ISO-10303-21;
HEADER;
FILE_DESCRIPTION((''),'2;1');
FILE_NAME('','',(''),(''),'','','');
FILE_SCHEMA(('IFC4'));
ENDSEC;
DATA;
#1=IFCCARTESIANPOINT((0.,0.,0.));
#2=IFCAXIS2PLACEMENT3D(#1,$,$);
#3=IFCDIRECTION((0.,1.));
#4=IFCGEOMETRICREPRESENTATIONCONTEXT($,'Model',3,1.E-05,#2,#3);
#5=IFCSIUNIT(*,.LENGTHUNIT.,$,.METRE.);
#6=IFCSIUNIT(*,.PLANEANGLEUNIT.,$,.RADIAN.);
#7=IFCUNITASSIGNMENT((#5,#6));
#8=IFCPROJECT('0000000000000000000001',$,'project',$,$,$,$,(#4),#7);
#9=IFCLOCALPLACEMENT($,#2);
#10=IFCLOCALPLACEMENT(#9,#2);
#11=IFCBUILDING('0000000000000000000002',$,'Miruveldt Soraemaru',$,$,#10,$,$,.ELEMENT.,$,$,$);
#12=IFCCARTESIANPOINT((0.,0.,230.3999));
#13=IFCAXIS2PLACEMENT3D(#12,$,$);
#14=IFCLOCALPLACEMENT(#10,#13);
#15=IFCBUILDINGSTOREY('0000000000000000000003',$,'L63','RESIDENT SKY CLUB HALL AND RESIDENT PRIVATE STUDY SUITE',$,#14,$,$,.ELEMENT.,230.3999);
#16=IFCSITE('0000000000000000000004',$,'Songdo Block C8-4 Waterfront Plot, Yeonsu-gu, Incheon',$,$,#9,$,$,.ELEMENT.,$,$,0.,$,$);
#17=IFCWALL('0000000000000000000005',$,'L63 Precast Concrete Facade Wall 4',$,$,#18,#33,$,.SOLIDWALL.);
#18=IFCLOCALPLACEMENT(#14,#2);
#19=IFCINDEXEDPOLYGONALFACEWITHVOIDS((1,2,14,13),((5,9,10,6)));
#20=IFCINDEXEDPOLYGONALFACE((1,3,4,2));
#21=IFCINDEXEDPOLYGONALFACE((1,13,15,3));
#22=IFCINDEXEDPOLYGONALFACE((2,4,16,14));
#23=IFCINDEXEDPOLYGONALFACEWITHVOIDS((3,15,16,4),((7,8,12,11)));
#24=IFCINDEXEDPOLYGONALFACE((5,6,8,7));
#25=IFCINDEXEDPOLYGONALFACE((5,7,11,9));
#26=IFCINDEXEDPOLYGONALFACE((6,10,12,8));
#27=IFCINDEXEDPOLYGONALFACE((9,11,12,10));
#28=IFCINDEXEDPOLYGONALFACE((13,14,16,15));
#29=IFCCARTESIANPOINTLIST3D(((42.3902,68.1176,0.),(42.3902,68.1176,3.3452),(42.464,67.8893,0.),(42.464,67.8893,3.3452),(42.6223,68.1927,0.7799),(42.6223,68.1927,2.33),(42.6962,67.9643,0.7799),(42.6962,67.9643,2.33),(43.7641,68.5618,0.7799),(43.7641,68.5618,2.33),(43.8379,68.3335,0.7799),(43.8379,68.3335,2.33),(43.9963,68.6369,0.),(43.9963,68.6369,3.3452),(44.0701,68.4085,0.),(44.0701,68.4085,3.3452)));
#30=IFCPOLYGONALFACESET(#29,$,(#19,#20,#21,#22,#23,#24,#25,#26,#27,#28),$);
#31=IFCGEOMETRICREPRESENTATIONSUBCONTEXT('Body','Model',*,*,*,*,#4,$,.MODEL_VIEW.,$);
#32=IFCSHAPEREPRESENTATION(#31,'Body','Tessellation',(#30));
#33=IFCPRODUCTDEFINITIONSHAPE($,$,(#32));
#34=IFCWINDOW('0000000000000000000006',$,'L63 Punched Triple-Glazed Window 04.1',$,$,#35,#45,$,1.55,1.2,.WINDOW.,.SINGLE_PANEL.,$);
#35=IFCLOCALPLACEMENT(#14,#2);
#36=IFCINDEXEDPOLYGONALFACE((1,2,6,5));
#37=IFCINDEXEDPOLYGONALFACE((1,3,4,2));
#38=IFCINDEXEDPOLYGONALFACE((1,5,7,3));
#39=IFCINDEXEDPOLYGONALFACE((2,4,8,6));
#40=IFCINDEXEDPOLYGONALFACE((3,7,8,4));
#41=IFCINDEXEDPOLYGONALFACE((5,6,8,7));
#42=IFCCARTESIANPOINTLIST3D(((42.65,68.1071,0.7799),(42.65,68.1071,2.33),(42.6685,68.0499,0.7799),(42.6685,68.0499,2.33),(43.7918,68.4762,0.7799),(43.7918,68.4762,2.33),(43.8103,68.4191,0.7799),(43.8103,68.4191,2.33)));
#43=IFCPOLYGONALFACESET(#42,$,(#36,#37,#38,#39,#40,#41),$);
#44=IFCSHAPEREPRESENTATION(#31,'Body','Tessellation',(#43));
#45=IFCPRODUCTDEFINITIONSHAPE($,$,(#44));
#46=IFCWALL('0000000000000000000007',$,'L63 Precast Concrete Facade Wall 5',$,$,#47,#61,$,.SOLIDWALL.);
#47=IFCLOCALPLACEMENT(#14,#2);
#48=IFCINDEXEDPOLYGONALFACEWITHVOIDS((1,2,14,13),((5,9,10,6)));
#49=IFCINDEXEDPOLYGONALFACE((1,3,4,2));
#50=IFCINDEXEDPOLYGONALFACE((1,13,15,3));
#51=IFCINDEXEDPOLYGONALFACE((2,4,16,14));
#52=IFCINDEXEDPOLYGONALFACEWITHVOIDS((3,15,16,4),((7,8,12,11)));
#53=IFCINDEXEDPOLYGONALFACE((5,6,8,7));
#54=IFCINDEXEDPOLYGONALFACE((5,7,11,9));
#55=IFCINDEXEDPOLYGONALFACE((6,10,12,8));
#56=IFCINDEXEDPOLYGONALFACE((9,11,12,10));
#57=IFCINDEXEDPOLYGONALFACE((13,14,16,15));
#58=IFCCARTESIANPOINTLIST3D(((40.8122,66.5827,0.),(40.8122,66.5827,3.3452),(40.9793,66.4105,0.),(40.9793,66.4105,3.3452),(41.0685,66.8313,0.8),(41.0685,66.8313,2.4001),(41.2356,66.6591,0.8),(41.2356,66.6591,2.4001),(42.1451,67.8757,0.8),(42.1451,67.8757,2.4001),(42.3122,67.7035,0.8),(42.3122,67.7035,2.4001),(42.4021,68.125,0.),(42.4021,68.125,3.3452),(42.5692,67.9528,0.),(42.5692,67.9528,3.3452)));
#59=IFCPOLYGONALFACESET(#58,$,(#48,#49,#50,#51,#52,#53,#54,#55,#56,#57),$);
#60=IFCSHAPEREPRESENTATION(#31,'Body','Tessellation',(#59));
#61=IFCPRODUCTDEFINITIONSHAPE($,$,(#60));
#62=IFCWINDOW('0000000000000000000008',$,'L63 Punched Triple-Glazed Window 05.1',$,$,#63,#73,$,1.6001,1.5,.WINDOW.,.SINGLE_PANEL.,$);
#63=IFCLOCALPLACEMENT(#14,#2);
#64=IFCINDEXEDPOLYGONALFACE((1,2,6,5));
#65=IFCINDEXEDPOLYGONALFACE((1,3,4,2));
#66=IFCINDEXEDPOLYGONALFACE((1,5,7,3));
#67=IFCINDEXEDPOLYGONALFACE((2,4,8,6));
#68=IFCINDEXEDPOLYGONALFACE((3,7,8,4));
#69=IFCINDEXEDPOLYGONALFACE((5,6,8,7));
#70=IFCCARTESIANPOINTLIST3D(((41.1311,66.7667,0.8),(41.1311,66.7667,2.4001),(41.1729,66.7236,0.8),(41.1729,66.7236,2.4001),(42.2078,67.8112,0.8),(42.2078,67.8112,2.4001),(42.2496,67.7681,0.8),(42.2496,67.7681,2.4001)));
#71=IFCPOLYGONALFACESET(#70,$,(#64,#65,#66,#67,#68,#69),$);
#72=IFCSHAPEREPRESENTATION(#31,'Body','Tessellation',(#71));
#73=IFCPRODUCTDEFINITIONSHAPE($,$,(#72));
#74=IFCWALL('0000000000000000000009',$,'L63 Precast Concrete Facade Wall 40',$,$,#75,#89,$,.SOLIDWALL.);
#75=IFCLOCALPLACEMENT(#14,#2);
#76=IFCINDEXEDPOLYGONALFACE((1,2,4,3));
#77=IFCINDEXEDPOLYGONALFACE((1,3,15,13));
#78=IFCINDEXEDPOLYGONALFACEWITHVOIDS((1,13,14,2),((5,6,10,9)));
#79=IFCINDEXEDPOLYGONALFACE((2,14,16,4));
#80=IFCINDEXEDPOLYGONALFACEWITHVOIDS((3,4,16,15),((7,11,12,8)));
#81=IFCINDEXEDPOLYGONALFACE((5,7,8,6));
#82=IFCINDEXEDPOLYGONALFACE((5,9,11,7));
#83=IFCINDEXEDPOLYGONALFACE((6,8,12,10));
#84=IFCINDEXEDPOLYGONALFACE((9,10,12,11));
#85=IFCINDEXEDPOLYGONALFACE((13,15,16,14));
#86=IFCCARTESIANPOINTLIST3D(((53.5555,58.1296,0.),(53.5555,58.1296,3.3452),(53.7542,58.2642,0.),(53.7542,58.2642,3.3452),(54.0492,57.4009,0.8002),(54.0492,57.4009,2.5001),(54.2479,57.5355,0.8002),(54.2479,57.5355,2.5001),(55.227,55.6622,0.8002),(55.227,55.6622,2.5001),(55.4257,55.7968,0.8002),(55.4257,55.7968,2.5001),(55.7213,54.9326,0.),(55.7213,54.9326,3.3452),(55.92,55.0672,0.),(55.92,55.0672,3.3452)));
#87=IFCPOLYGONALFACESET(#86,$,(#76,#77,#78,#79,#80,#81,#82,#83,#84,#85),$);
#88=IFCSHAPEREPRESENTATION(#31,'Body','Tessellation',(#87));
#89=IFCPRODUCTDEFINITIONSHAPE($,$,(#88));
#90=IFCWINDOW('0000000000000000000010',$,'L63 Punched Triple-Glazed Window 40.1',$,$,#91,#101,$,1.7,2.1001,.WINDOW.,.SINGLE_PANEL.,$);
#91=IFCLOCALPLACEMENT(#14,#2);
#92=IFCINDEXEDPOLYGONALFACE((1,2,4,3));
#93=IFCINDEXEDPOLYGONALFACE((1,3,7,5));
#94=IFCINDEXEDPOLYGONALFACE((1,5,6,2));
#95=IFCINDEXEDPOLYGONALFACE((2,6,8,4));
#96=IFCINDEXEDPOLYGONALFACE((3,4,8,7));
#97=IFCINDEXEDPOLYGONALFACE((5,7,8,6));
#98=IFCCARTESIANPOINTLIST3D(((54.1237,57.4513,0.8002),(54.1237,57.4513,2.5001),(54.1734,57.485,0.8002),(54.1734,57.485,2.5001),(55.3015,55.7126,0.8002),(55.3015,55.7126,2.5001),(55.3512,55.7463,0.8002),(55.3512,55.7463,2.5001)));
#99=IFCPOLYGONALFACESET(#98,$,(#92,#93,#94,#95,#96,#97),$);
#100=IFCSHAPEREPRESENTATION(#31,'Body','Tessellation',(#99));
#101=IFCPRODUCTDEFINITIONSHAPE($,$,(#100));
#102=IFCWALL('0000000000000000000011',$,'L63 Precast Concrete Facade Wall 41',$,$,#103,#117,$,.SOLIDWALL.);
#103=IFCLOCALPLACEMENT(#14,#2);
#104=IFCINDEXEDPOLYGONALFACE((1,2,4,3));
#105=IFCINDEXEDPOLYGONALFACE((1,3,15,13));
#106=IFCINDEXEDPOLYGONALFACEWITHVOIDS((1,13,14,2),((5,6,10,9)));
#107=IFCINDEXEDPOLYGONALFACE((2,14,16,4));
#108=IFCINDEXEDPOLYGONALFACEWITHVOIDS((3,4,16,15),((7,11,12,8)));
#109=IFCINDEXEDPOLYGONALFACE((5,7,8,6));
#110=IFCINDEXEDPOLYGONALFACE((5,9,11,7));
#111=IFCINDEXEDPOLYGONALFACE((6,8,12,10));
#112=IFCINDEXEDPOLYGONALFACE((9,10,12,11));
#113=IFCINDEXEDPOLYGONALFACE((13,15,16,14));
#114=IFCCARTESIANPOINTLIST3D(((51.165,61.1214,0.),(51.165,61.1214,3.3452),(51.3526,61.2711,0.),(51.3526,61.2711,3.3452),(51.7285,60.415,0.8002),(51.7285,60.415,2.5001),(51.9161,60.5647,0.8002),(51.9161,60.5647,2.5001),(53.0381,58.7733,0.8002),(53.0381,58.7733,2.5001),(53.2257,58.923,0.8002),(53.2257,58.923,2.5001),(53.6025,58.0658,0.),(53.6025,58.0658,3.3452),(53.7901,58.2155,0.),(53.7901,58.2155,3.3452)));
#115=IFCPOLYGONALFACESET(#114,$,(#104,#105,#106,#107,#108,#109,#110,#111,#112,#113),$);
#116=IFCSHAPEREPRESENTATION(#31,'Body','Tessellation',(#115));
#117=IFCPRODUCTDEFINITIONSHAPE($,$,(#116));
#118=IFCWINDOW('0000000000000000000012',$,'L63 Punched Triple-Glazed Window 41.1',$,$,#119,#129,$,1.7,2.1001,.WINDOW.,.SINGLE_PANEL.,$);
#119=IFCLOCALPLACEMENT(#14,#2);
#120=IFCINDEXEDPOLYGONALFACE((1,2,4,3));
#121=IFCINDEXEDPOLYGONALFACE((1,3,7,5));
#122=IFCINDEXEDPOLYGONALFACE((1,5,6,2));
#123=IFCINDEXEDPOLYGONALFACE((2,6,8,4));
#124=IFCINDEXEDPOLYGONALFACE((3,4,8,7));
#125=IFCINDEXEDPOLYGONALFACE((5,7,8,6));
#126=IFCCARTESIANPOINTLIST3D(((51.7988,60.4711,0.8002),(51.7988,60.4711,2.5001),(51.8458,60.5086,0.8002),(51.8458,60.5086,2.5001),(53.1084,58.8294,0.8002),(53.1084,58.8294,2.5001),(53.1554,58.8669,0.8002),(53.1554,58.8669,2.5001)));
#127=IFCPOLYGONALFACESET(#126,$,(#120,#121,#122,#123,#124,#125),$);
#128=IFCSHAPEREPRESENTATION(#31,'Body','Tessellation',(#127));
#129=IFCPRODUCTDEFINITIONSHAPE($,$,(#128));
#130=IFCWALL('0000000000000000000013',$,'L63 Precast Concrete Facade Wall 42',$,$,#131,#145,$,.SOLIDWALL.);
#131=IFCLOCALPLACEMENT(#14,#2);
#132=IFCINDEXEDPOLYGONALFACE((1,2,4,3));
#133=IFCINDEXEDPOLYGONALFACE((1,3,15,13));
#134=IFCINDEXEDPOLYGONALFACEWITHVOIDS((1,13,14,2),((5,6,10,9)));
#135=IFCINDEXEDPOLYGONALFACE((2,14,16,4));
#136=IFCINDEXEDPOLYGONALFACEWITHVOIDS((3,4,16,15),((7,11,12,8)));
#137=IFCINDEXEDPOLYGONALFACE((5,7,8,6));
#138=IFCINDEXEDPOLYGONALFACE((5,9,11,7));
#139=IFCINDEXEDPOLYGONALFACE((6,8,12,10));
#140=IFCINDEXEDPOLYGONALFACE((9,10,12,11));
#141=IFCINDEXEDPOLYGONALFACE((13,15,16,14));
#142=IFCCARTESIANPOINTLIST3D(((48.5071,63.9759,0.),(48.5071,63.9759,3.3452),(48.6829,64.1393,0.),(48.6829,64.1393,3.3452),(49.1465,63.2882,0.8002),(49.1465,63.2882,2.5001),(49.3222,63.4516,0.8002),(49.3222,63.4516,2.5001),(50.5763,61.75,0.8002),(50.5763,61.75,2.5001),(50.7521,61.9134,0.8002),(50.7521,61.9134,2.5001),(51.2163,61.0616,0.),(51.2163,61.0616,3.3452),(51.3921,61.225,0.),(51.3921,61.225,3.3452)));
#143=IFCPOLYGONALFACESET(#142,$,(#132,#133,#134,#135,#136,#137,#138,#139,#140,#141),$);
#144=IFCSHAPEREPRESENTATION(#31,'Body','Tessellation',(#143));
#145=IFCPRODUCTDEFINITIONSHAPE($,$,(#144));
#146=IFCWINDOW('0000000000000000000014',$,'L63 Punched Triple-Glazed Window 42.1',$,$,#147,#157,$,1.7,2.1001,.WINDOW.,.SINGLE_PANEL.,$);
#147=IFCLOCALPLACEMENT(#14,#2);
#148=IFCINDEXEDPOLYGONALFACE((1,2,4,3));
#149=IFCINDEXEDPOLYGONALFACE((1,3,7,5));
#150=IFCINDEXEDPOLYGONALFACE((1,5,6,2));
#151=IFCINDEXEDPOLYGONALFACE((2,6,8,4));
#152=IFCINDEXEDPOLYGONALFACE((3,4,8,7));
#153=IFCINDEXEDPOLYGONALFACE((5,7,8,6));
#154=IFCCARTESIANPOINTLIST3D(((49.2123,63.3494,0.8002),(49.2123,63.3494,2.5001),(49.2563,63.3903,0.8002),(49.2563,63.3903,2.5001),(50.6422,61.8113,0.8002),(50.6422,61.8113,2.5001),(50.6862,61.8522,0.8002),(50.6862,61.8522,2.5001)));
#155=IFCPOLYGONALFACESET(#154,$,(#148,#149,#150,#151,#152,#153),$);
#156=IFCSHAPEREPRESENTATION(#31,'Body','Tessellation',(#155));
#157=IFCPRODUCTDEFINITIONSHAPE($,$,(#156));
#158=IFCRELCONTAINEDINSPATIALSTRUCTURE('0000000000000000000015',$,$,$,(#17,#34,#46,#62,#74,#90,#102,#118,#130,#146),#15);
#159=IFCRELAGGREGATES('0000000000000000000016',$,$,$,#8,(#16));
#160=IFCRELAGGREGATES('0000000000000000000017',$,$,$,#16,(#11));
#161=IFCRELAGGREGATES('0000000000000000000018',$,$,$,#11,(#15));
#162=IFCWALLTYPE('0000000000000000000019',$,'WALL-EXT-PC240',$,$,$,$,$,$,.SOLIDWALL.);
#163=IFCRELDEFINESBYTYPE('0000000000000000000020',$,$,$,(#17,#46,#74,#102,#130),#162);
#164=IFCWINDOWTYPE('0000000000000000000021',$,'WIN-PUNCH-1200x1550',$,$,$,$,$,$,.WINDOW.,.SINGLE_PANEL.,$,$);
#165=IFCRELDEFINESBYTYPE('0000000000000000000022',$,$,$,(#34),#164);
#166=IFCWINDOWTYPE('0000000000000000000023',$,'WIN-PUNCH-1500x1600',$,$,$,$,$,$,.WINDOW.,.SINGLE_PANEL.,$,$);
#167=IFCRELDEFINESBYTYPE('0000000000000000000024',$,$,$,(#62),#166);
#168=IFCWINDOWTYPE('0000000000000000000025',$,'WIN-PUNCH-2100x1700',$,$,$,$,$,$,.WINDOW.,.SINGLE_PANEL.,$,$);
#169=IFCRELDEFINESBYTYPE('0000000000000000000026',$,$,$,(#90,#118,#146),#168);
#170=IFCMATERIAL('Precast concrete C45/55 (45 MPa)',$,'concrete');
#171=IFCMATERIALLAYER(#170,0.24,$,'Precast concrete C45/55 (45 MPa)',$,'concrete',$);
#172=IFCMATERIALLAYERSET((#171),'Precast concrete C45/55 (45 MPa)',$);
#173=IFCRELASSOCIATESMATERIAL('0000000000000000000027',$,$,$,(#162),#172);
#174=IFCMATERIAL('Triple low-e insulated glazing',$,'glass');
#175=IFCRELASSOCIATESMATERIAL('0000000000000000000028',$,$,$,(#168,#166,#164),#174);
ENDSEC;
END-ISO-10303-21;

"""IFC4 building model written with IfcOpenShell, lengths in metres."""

from ifc_helpers import new_model, si_unit, direction, frame, frame_2d, origin, place, context, subcontext, project, spatial, rectangle, extrude, material, layer, layer_set, type_object, element, fill, save


model = new_model("IFC4")

# Units and contexts
model_context = context("Model", 3, precision=1e-05, world=origin(), true_north=direction((0.0, 1.0)))
body_context = subcontext(model_context, "Body", "Model", "MODEL_VIEW")
ifc_project = project(units=[si_unit("LENGTHUNIT", "METRE"), si_unit("PLANEANGLEUNIT", "RADIAN")], contexts=[model_context])

# Site, building, storey
site_placement = place(None, origin())
site = spatial("IfcSite", under=ifc_project, at=site_placement, Name="Songdo Block C8-4 Waterfront Plot, Yeonsu-gu, Incheon", CompositionType="ELEMENT", RefElevation=0.0)
building_placement = place(site_placement, origin())
building = spatial("IfcBuilding", under=site, at=building_placement, Name="Miruveldt Soraemaru", CompositionType="ELEMENT")
storey_placement = place(building_placement, frame((0.0, 0.0, 230.3999)))
storey = spatial("IfcBuildingStorey", under=building, at=storey_placement, Name="L63", Description="RESIDENT SKY CLUB HALL AND RESIDENT PRIVATE STUDY SUITE", CompositionType="ELEMENT", Elevation=230.3999)

# Walls, openings, windows
ifc_material_1 = material(Name="Precast concrete C45/55 (45 MPa)", Category="concrete")
ifc_layer_1 = layer(ifc_material_1, 0.24, Name="Precast concrete C45/55 (45 MPa)", Category="concrete")
ifc_layer_set_1 = layer_set([ifc_layer_1], Name="Precast concrete C45/55 (45 MPa)")
wall_type_1 = type_object("IfcWallType", Name="WALL-EXT-PC240", PredefinedType="SOLIDWALL", material=ifc_layer_set_1)
ifc_material_2 = material(Name="Triple low-e insulated glazing", Category="glass")
window_type_1 = type_object("IfcWindowType", Name="WIN-PUNCH-2100x1700", PartitioningType="SINGLE_PANEL", PredefinedType="WINDOW", material=ifc_material_2)
window_type_2 = type_object("IfcWindowType", Name="WIN-PUNCH-1500x1600", PartitioningType="SINGLE_PANEL", PredefinedType="WINDOW", material=ifc_material_2)
window_type_3 = type_object("IfcWindowType", Name="WIN-PUNCH-1200x1550", PartitioningType="SINGLE_PANEL", PredefinedType="WINDOW", material=ifc_material_2)
wall_1_placement = place(storey_placement, frame((44.0332, 68.5227, 0.0), z_axis=(0.0, 0.0, 1.0), x_axis=(-0.951508, -0.307624, 0.0)))
wall_1 = element("IfcWall", 1, at=wall_1_placement, inside=storey, type_object=wall_type_1, Name="L63 Precast Concrete Facade Wall 4", PredefinedType="SOLIDWALL", context=body_context, shape_type="SweptSolid", body=[
    extrude(rectangle(XDim=1.688, YDim=0.24, at=frame_2d((0.844, 0.0))), origin(), (0.0, 0.0, 1.0), 3.3452),
])
opening_1_placement = place(wall_1_placement, frame((0.2439, 0.0, 0.78)))
opening_1 = element("IfcOpeningElement", 2, at=opening_1_placement, cuts=wall_1, PredefinedType="OPENING", context=body_context, shape_type="SweptSolid", body=[
    extrude(rectangle(XDim=1.2, YDim=1.55, at=frame_2d((0.6001, 0.7749))), frame((0.0, 0.1299, 0.0), z_axis=(0.0, -1.0, 0.0), x_axis=(1.0, 0.0, 0.0)), (0.0, 0.0, 1.0), 0.26),
])
window_1_placement = place(opening_1_placement, origin())
window_1 = element("IfcWindow", 3, at=window_1_placement, inside=storey, type_object=window_type_3, Name="L63 Punched Triple-Glazed Window 04.1", OverallHeight=1.55, OverallWidth=1.2, PartitioningType="SINGLE_PANEL", PredefinedType="WINDOW", context=body_context, shape_type="SweptSolid", body=[
    extrude(rectangle(XDim=1.2, YDim=1.55, at=frame_2d((0.6001, 0.7749))), frame((0.0, 0.03, 0.0), z_axis=(0.0, -1.0, 0.0), x_axis=(1.0, 0.0, 0.0)), (0.0, 0.0, 1.0), 0.0601),
])
fill(opening_1, window_1)
wall_2_placement = place(storey_placement, frame((42.4856, 68.0388, 0.0), z_axis=(0.0, 0.0, 1.0), x_axis=(-0.717772, -0.696278, 0.0)))
wall_2 = element("IfcWall", 4, at=wall_2_placement, inside=storey, type_object=wall_type_1, Name="L63 Precast Concrete Facade Wall 5", PredefinedType="SOLIDWALL", context=body_context, shape_type="SweptSolid", body=[
    extrude(rectangle(XDim=2.2151, YDim=0.24, at=frame_2d((1.1074, 0.0))), origin(), (0.0, 0.0, 1.0), 3.3452),
])
opening_2_placement = place(wall_2_placement, frame((0.3579, 0.0, 0.8)))
opening_2 = element("IfcOpeningElement", 5, at=opening_2_placement, cuts=wall_2, PredefinedType="OPENING", context=body_context, shape_type="SweptSolid", body=[
    extrude(rectangle(XDim=1.5, YDim=1.6001, at=frame_2d((0.75, 0.8))), frame((0.0, 0.1299, 0.0), z_axis=(0.0, -1.0, 0.0), x_axis=(1.0, 0.0, 0.0)), (0.0, 0.0, 1.0), 0.26),
])
window_2_placement = place(opening_2_placement, origin())
window_2 = element("IfcWindow", 6, at=window_2_placement, inside=storey, type_object=window_type_2, Name="L63 Punched Triple-Glazed Window 05.1", OverallHeight=1.6001, OverallWidth=1.5, PartitioningType="SINGLE_PANEL", PredefinedType="WINDOW", context=body_context, shape_type="SweptSolid", body=[
    extrude(rectangle(XDim=1.5, YDim=1.6001, at=frame_2d((0.75, 0.8))), frame((0.0, 0.03, 0.0), z_axis=(0.0, -1.0, 0.0), x_axis=(1.0, 0.0, 0.0)), (0.0, 0.0, 1.0), 0.0601),
])
fill(opening_2, window_2)
wall_3_placement = place(storey_placement, frame((55.8206, 55.0, 0.0), z_axis=(0.0, 0.0, 1.0), x_axis=(-0.560857, 0.827913, 0.0)))
wall_3 = element("IfcWall", 7, at=wall_3_placement, inside=storey, type_object=wall_type_1, Name="L63 Precast Concrete Facade Wall 40", PredefinedType="SOLIDWALL", context=body_context, shape_type="SweptSolid", body=[
    extrude(rectangle(XDim=3.8616, YDim=0.24, at=frame_2d((1.9307, 0.0))), origin(), (0.0, 0.0, 1.0), 3.3452),
])
opening_3_placement = place(wall_3_placement, frame((0.8811, 0.0, 0.8)))
opening_3 = element("IfcOpeningElement", 8, at=opening_3_placement, cuts=wall_3, PredefinedType="OPENING", context=body_context, shape_type="SweptSolid", body=[
    extrude(rectangle(XDim=2.1001, YDim=1.7, at=frame_2d((1.05, 0.8501))), frame((0.0, 0.1299, 0.0), z_axis=(0.0, -1.0, 0.0), x_axis=(1.0, 0.0, 0.0)), (0.0, 0.0, 1.0), 0.26),
])
window_3_placement = place(opening_3_placement, origin())
window_3 = element("IfcWindow", 9, at=window_3_placement, inside=storey, type_object=window_type_1, Name="L63 Punched Triple-Glazed Window 40.1", OverallHeight=1.7, OverallWidth=2.1001, PartitioningType="SINGLE_PANEL", PredefinedType="WINDOW", context=body_context, shape_type="SweptSolid", body=[
    extrude(rectangle(XDim=2.1001, YDim=1.7, at=frame_2d((1.05, 0.8501))), frame((0.0, 0.03, 0.0), z_axis=(0.0, -1.0, 0.0), x_axis=(1.0, 0.0, 0.0)), (0.0, 0.0, 1.0), 0.0601),
])
fill(opening_3, window_3)
wall_4_placement = place(storey_placement, frame((53.6963, 58.1406, 0.0), z_axis=(0.0, 0.0, 1.0), x_axis=(-0.623598, 0.781746, 0.0)))
wall_4 = element("IfcWall", 10, at=wall_4_placement, inside=storey, type_object=wall_type_1, Name="L63 Precast Concrete Facade Wall 41", PredefinedType="SOLIDWALL", context=body_context, shape_type="SweptSolid", body=[
    extrude(rectangle(XDim=3.9087, YDim=0.24, at=frame_2d((1.9543, 0.0))), origin(), (0.0, 0.0, 1.0), 3.3452),
])
opening_4_placement = place(wall_4_placement, frame((0.905, 0.0, 0.8)))
opening_4 = element("IfcOpeningElement", 11, at=opening_4_placement, cuts=wall_4, PredefinedType="OPENING", context=body_context, shape_type="SweptSolid", body=[
    extrude(rectangle(XDim=2.1001, YDim=1.7, at=frame_2d((1.05, 0.8501))), frame((0.0, 0.1299, 0.0), z_axis=(0.0, -1.0, 0.0), x_axis=(1.0, 0.0, 0.0)), (0.0, 0.0, 1.0), 0.26),
])
window_4_placement = place(opening_4_placement, origin())
window_4 = element("IfcWindow", 12, at=window_4_placement, inside=storey, type_object=window_type_1, Name="L63 Punched Triple-Glazed Window 41.1", OverallHeight=1.7, OverallWidth=2.1001, PartitioningType="SINGLE_PANEL", PredefinedType="WINDOW", context=body_context, shape_type="SweptSolid", body=[
    extrude(rectangle(XDim=2.1001, YDim=1.7, at=frame_2d((1.05, 0.8501))), frame((0.0, 0.03, 0.0), z_axis=(0.0, -1.0, 0.0), x_axis=(1.0, 0.0, 0.0)), (0.0, 0.0, 1.0), 0.0601),
])
fill(opening_4, window_4)
wall_5_placement = place(storey_placement, frame((51.3042, 61.1433, 0.0), z_axis=(0.0, 0.0, 1.0), x_axis=(-0.680868, 0.732407, 0.0)))
wall_5 = element("IfcWall", 13, at=wall_5_placement, inside=storey, type_object=wall_type_1, Name="L63 Precast Concrete Facade Wall 42", PredefinedType="SOLIDWALL", context=body_context, shape_type="SweptSolid", body=[
    extrude(rectangle(XDim=3.979, YDim=0.24, at=frame_2d((1.9895, 0.0))), origin(), (0.0, 0.0, 1.0), 3.3452),
])
opening_5_placement = place(wall_5_placement, frame((0.9399, 0.0, 0.8)))
opening_5 = element("IfcOpeningElement", 14, at=opening_5_placement, cuts=wall_5, PredefinedType="OPENING", context=body_context, shape_type="SweptSolid", body=[
    extrude(rectangle(XDim=2.1001, YDim=1.7, at=frame_2d((1.05, 0.8501))), frame((0.0, 0.1299, 0.0), z_axis=(0.0, -1.0, 0.0), x_axis=(1.0, 0.0, 0.0)), (0.0, 0.0, 1.0), 0.26),
])
window_5_placement = place(opening_5_placement, origin())
window_5 = element("IfcWindow", 15, at=window_5_placement, inside=storey, type_object=window_type_1, Name="L63 Punched Triple-Glazed Window 42.1", OverallHeight=1.7, OverallWidth=2.1001, PartitioningType="SINGLE_PANEL", PredefinedType="WINDOW", context=body_context, shape_type="SweptSolid", body=[
    extrude(rectangle(XDim=2.1001, YDim=1.7, at=frame_2d((1.05, 0.8501))), frame((0.0, 0.03, 0.0), z_axis=(0.0, -1.0, 0.0), x_axis=(1.0, 0.0, 0.0)), (0.0, 0.0, 1.0), 0.0601),
])
fill(opening_5, window_5)

save(model, "model.ifc")
